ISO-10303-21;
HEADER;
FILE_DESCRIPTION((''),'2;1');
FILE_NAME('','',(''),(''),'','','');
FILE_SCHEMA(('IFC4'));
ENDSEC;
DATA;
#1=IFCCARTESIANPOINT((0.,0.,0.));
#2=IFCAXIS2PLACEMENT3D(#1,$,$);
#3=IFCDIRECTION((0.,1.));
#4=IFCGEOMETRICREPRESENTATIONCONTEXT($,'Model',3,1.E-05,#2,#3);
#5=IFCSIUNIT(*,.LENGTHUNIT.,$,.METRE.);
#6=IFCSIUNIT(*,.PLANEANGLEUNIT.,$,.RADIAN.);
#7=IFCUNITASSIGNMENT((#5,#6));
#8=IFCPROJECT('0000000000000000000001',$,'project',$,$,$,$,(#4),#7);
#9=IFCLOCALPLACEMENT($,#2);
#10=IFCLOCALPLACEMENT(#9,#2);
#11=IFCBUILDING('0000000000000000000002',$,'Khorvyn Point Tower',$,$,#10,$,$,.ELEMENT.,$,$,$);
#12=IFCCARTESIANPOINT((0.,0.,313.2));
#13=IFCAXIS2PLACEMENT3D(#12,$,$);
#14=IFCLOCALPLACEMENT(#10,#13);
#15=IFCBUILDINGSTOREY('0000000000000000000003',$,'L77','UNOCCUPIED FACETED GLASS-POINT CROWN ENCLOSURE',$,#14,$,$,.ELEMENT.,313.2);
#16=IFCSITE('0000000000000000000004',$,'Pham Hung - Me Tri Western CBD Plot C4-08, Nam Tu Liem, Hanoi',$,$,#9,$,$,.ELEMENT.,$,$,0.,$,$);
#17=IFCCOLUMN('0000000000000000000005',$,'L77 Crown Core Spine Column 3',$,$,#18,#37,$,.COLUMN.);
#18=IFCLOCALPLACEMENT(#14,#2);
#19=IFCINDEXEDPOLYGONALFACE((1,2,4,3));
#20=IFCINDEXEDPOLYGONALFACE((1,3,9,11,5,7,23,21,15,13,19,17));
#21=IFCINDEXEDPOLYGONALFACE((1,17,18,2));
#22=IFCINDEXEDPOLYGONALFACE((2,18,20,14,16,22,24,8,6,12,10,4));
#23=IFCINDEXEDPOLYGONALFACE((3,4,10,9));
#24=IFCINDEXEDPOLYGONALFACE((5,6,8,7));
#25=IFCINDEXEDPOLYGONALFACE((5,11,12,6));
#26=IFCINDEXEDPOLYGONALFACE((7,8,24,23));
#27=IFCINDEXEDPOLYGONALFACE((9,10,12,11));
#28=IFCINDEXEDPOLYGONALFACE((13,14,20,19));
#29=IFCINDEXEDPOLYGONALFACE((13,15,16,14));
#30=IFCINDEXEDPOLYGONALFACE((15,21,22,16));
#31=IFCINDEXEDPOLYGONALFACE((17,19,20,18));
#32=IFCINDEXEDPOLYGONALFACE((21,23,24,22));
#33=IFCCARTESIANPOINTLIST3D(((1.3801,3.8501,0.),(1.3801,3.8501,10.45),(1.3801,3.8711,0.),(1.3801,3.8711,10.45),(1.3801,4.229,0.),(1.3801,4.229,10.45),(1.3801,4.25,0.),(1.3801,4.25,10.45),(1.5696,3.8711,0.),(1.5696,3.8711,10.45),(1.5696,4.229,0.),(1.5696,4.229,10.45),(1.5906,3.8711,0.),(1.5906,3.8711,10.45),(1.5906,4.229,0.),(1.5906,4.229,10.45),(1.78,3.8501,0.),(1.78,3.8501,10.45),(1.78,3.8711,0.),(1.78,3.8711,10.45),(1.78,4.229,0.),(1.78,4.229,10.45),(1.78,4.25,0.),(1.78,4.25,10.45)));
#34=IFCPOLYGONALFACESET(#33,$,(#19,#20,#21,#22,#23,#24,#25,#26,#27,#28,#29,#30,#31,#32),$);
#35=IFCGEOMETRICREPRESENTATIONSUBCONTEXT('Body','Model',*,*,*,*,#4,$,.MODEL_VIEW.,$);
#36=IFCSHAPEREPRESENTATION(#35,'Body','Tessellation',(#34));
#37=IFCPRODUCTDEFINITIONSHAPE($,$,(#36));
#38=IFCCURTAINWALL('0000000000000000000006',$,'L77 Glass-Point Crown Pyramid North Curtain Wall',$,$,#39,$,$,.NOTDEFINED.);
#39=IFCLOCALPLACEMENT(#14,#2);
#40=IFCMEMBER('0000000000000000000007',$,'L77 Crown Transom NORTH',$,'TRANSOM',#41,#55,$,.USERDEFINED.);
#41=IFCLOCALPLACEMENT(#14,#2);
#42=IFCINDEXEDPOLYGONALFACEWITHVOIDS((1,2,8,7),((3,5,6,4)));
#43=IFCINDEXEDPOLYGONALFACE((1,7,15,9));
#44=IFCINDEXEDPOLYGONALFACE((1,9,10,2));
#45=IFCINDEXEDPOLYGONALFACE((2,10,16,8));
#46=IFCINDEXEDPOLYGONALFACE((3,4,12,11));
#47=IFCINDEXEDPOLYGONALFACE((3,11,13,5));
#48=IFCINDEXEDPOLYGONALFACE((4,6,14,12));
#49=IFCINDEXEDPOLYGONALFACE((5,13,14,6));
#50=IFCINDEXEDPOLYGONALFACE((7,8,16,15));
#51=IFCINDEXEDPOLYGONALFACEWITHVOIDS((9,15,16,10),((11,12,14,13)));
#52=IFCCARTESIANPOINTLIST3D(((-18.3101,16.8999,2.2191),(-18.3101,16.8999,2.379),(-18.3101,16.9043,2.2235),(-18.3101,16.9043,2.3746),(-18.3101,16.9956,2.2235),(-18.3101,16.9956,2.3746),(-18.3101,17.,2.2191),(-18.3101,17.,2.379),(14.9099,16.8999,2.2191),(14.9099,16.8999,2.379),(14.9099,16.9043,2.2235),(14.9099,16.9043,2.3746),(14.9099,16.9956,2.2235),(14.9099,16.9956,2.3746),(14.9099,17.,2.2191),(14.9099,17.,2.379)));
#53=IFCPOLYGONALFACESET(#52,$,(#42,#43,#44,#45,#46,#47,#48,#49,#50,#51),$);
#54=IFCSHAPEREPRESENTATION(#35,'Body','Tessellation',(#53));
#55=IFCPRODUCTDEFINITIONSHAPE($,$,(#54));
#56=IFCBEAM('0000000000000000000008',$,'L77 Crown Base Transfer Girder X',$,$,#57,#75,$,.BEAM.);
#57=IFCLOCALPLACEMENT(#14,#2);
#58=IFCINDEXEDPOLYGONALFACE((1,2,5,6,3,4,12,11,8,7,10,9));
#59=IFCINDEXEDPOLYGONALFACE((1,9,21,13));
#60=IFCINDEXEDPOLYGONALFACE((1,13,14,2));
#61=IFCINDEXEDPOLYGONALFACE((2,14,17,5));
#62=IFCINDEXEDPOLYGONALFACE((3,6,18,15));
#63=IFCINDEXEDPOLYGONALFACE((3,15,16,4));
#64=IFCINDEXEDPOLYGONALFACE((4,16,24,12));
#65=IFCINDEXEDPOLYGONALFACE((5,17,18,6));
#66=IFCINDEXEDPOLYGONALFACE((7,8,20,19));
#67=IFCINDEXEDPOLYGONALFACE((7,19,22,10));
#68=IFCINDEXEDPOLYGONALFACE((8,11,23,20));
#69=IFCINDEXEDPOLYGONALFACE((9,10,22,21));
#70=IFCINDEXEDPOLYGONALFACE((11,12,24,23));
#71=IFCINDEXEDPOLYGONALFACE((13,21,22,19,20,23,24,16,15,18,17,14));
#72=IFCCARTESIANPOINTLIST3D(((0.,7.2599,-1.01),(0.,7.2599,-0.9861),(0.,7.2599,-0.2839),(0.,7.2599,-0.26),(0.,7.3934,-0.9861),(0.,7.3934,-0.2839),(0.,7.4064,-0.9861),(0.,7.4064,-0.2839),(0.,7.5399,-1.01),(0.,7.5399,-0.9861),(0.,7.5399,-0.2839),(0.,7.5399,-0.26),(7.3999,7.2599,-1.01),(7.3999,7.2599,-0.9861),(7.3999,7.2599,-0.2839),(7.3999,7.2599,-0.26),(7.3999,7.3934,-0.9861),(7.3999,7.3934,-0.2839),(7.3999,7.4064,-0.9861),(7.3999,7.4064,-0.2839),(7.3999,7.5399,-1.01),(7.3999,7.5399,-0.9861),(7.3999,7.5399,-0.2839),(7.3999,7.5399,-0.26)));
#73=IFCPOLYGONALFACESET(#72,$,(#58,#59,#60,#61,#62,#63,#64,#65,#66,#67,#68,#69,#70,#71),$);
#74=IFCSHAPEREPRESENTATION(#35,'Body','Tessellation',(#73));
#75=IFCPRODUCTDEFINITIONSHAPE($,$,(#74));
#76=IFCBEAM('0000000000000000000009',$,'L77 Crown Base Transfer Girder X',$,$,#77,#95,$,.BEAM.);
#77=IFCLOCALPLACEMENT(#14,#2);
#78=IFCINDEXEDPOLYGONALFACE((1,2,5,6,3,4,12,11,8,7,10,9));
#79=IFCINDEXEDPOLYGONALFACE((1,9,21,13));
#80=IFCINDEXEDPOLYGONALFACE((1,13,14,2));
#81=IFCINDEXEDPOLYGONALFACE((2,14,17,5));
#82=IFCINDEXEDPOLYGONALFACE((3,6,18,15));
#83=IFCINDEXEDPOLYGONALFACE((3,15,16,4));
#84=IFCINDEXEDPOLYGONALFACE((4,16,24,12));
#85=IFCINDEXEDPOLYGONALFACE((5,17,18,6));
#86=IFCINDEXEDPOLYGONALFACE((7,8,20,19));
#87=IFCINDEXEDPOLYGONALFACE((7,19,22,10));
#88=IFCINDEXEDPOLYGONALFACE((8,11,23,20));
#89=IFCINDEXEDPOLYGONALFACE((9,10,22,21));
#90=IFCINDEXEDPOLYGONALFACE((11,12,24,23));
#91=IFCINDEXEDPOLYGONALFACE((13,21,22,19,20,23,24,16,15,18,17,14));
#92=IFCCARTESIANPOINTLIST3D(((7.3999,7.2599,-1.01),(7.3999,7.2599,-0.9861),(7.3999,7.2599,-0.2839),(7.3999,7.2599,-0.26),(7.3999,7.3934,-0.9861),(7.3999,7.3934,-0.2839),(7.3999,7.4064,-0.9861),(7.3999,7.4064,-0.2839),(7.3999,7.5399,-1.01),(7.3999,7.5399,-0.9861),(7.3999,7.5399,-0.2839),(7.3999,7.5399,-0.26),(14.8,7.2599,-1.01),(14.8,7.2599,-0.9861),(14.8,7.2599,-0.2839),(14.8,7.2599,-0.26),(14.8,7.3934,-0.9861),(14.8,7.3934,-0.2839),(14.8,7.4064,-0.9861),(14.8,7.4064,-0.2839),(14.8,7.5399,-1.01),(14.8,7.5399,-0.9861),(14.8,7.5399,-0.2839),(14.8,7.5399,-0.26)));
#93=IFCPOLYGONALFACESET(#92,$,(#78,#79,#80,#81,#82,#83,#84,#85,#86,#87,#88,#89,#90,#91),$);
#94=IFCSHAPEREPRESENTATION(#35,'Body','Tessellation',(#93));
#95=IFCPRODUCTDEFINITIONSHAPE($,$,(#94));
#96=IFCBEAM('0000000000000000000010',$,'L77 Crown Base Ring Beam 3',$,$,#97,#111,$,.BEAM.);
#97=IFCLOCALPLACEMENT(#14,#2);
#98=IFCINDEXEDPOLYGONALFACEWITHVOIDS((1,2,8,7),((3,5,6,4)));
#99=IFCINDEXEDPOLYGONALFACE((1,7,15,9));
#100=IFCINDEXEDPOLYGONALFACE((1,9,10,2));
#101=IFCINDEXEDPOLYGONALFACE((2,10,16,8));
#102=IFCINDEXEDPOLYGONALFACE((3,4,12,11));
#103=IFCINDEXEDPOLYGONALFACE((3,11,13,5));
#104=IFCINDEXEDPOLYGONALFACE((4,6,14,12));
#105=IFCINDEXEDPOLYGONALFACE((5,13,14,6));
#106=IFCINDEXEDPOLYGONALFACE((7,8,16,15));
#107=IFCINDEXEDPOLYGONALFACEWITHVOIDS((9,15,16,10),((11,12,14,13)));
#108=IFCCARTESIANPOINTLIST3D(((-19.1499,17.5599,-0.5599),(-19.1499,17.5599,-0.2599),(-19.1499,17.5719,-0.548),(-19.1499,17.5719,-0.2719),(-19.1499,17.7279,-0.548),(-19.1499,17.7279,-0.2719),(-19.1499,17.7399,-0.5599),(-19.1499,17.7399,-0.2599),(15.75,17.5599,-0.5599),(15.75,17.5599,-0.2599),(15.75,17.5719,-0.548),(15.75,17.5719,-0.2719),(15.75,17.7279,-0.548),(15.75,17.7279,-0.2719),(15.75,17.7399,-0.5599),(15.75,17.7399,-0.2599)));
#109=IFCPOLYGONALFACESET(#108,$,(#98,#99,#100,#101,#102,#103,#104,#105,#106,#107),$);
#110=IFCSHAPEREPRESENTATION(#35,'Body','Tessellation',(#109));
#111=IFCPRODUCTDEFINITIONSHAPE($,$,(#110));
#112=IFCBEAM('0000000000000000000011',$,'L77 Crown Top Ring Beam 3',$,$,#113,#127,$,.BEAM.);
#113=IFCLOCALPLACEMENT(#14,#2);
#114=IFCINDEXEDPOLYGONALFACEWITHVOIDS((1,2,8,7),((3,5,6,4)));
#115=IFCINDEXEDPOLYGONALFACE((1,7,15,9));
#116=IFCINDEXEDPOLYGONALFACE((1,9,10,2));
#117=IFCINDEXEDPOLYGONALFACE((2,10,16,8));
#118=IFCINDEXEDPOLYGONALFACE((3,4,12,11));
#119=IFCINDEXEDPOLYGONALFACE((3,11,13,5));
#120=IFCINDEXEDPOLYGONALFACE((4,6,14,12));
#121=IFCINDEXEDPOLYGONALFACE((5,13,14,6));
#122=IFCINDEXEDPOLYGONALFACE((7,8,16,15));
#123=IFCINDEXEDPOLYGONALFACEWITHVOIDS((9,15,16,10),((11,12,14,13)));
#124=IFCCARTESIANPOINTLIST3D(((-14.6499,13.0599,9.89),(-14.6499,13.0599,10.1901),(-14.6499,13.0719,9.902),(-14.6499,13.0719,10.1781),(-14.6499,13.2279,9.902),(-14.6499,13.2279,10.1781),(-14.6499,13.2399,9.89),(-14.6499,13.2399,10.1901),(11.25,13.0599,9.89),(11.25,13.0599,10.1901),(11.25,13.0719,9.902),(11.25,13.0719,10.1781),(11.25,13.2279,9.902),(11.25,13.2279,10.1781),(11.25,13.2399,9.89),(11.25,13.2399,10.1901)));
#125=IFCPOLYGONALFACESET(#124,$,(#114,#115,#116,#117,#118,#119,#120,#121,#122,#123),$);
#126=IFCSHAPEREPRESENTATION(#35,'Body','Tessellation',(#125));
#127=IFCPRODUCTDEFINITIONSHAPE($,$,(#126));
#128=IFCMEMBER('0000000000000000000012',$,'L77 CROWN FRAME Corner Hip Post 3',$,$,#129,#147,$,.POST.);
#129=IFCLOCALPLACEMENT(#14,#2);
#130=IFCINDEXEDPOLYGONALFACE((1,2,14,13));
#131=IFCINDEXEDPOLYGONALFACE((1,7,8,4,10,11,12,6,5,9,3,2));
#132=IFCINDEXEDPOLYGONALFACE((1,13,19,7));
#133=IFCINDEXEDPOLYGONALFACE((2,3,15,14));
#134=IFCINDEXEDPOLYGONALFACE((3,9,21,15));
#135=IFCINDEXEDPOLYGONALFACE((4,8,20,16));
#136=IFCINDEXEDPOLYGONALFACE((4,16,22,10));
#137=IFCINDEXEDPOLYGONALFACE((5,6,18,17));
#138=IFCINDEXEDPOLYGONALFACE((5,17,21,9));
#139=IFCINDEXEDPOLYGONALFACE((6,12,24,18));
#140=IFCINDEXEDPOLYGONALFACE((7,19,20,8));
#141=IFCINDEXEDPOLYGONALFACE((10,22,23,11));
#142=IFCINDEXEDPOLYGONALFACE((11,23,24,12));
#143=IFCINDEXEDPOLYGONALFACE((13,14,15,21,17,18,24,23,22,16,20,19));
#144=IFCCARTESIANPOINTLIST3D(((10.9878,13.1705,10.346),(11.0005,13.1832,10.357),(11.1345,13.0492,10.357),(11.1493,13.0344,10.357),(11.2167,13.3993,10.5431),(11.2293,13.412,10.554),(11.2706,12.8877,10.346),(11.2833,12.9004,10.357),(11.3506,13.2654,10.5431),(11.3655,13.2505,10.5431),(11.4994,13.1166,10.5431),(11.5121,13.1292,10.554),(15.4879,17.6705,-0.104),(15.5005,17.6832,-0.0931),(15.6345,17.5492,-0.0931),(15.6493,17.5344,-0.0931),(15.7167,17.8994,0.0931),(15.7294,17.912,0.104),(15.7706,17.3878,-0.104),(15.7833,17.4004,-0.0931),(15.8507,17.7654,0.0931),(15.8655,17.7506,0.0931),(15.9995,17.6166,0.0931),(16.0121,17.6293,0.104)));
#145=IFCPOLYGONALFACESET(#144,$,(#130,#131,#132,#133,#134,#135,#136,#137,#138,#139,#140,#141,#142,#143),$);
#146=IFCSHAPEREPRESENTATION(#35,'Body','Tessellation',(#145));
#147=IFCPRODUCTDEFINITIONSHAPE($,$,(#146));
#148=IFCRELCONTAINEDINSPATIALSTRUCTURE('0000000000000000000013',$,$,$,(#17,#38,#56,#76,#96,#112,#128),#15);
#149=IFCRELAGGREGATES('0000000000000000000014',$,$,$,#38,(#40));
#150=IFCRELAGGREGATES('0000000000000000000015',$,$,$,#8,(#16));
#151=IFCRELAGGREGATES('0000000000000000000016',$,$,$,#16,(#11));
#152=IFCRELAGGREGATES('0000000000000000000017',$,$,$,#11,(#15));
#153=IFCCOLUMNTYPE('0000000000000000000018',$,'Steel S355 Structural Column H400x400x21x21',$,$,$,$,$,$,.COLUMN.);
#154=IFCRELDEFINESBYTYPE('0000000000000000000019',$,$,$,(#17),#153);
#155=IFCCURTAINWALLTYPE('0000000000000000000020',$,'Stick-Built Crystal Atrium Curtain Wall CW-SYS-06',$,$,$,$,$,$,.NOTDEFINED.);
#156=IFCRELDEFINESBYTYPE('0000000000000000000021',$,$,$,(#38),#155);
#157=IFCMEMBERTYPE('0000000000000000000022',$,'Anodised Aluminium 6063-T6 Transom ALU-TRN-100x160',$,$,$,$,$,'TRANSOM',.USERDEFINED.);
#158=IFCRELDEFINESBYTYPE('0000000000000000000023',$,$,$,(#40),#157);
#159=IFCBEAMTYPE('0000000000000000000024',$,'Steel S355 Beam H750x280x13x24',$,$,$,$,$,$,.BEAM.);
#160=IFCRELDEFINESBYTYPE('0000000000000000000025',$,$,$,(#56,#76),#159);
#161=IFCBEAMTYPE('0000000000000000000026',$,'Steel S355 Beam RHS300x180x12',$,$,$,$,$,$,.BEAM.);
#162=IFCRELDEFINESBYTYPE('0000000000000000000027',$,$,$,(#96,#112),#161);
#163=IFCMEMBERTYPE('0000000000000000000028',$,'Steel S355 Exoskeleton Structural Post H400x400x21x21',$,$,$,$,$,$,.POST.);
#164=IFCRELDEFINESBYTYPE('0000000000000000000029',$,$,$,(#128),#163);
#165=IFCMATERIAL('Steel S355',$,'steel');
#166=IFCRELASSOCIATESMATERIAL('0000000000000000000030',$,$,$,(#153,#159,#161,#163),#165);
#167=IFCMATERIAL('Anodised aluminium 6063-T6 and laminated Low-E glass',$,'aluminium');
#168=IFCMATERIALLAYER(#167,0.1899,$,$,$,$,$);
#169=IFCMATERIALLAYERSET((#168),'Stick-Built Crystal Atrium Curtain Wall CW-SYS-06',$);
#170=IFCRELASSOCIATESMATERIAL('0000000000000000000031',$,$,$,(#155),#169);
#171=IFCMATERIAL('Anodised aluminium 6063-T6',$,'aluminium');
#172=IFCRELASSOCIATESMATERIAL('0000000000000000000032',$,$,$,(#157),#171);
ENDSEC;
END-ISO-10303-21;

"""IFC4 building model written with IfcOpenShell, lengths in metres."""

from ifc_helpers import new_model, si_unit, direction, frame, origin, origin_2d, place, context, subcontext, project, spatial, hollow_rectangle, i_section, extrude, material, layer, layer_set, material_profile, profile_set, type_object, element, aggregate, save


model = new_model("IFC4")

# Units and contexts
model_context = context("Model", 3, precision=1e-05, world=origin(), true_north=direction((0.0, 1.0)))
body_context = subcontext(model_context, "Body", "Model", "MODEL_VIEW")
ifc_project = project(units=[si_unit("LENGTHUNIT", "METRE"), si_unit("PLANEANGLEUNIT", "RADIAN")], contexts=[model_context])

# Site, building, storey
site_placement = place(None, origin())
site = spatial("IfcSite", under=ifc_project, at=site_placement, Name="Pham Hung - Me Tri Western CBD Plot C4-08, Nam Tu Liem, Hanoi", CompositionType="ELEMENT", RefElevation=0.0)
building_placement = place(site_placement, origin())
building = spatial("IfcBuilding", under=site, at=building_placement, Name="Khorvyn Point Tower", CompositionType="ELEMENT")
storey_placement = place(building_placement, frame((0.0, 0.0, 313.2)))
storey = spatial("IfcBuildingStorey", under=building, at=storey_placement, Name="L77", Description="UNOCCUPIED FACETED GLASS-POINT CROWN ENCLOSURE", CompositionType="ELEMENT", Elevation=313.2)

# Column
ifc_material_1 = material(Name="Steel S355", Category="steel")
ifc_material_profile_1 = material_profile(ifc_material_1, i_section(OverallWidth=0.3999, OverallDepth=0.3999, WebThickness=0.021, FlangeThickness=0.021, at=origin_2d()))
ifc_profile_set_1 = profile_set([ifc_material_profile_1], Name="Steel S355 H400x400x21x21")
column_type = type_object("IfcColumnType", Name="Steel S355 Structural Column H400x400x21x21", PredefinedType="COLUMN", material=ifc_profile_set_1)
column_placement = place(storey_placement, frame((1.5801, 4.05, 0.0), z_axis=(0.0, 0.0, 1.0), x_axis=(1.0, 0.0, 0.0)))
element("IfcColumn", 1, at=column_placement, inside=storey, type_object=column_type, Name="L77 Crown Core Spine Column 3", PredefinedType="COLUMN", context=body_context, shape_type="SweptSolid", body=[
    extrude(i_section(OverallWidth=0.3999, OverallDepth=0.3999, WebThickness=0.021, FlangeThickness=0.021, at=origin_2d()), origin(), (0.0, 0.0, 1.0), 10.45),
])

# Curtain wall, member
ifc_material_2 = material(Name="Anodised aluminium 6063-T6 and laminated Low-E glass", Category="aluminium")
ifc_layer_1 = layer(ifc_material_2, 0.1899)
ifc_layer_set_1 = layer_set([ifc_layer_1], Name="Stick-Built Crystal Atrium Curtain Wall CW-SYS-06")
curtain_wall_type = type_object("IfcCurtainWallType", Name="Stick-Built Crystal Atrium Curtain Wall CW-SYS-06", PredefinedType="NOTDEFINED", material=ifc_layer_set_1)
curtain_wall_placement = place(storey_placement, origin())
curtain_wall = element("IfcCurtainWall", 2, at=curtain_wall_placement, inside=storey, type_object=curtain_wall_type, Name="L77 Glass-Point Crown Pyramid North Curtain Wall", PredefinedType="NOTDEFINED")
ifc_material_3 = material(Name="Anodised aluminium 6063-T6", Category="aluminium")
ifc_material_profile_2 = material_profile(ifc_material_3, hollow_rectangle(XDim=0.1001, YDim=0.1599, WallThickness=0.0044, at=origin_2d()))
ifc_profile_set_2 = profile_set([ifc_material_profile_2], Name="Anodised aluminium 6063-T6 ALU-TRN-100x160")
member_type_1 = type_object("IfcMemberType", Name="Anodised Aluminium 6063-T6 Transom ALU-TRN-100x160", ElementType="TRANSOM", PredefinedType="USERDEFINED", material=ifc_profile_set_2)
member_1_placement = place(storey_placement, frame((14.9099, 16.95, 2.2991), z_axis=(-1.0, 0.0, 0.0), x_axis=(0.0, -1.0, 0.0)))
member_1 = element("IfcMember", 3, at=member_1_placement, type_object=member_type_1, Name="L77 Crown Transom NORTH", ObjectType="TRANSOM", PredefinedType="USERDEFINED", context=body_context, shape_type="SweptSolid", body=[
    extrude(hollow_rectangle(XDim=0.1001, YDim=0.1599, WallThickness=0.0044, at=origin_2d()), origin(), (0.0, 0.0, 1.0), 33.22),
])

# Beams
ifc_material_profile_3 = material_profile(ifc_material_1, i_section(OverallWidth=0.28, OverallDepth=0.75, WebThickness=0.0129, FlangeThickness=0.0239, at=origin_2d()))
ifc_profile_set_3 = profile_set([ifc_material_profile_3], Name="Steel S355 H750x280x13x24")
beam_type_1 = type_object("IfcBeamType", Name="Steel S355 Beam H750x280x13x24", PredefinedType="BEAM", material=ifc_profile_set_3)
beam_1_placement = place(storey_placement, frame((0.0, 7.3999, -0.635), z_axis=(1.0, 0.0, 0.0), x_axis=(0.0, 1.0, 0.0)))
element("IfcBeam", 4, at=beam_1_placement, inside=storey, type_object=beam_type_1, Name="L77 Crown Base Transfer Girder X", PredefinedType="BEAM", context=body_context, shape_type="SweptSolid", body=[
    extrude(i_section(OverallWidth=0.28, OverallDepth=0.75, WebThickness=0.0129, FlangeThickness=0.0239, at=origin_2d()), origin(), (0.0, 0.0, 1.0), 7.3999),
])
beam_2_placement = place(storey_placement, frame((7.3999, 7.3999, -0.635), z_axis=(1.0, 0.0, 0.0), x_axis=(0.0, 1.0, 0.0)))
element("IfcBeam", 5, at=beam_2_placement, inside=storey, type_object=beam_type_1, Name="L77 Crown Base Transfer Girder X", PredefinedType="BEAM", context=body_context, shape_type="SweptSolid", body=[
    extrude(i_section(OverallWidth=0.28, OverallDepth=0.75, WebThickness=0.0129, FlangeThickness=0.0239, at=origin_2d()), origin(), (0.0, 0.0, 1.0), 7.4001),
])
ifc_material_profile_4 = material_profile(ifc_material_1, hollow_rectangle(XDim=0.1799, YDim=0.3, WallThickness=0.012, at=origin_2d()))
ifc_profile_set_4 = profile_set([ifc_material_profile_4], Name="Steel S355 RHS300x180x12")
beam_type_2 = type_object("IfcBeamType", Name="Steel S355 Beam RHS300x180x12", PredefinedType="BEAM", material=ifc_profile_set_4)
beam_3_placement = place(storey_placement, frame((15.75, 17.6499, -0.4099), z_axis=(-1.0, 0.0, 0.0), x_axis=(0.0, -1.0, 0.0)))
element("IfcBeam", 6, at=beam_3_placement, inside=storey, type_object=beam_type_2, Name="L77 Crown Base Ring Beam 3", PredefinedType="BEAM", context=body_context, shape_type="SweptSolid", body=[
    extrude(hollow_rectangle(XDim=0.1799, YDim=0.3, WallThickness=0.012, at=origin_2d()), origin(), (0.0, 0.0, 1.0), 34.8999),
])
beam_4_placement = place(storey_placement, frame((11.25, 13.1499, 10.04), z_axis=(-1.0, 0.0, 0.0), x_axis=(0.0, -1.0, 0.0)))
element("IfcBeam", 7, at=beam_4_placement, inside=storey, type_object=beam_type_2, Name="L77 Crown Top Ring Beam 3", PredefinedType="BEAM", context=body_context, shape_type="SweptSolid", body=[
    extrude(hollow_rectangle(XDim=0.1799, YDim=0.3, WallThickness=0.012, at=origin_2d()), origin(), (0.0, 0.0, 1.0), 25.8999),
])

# Member
ifc_material_profile_5 = material_profile(ifc_material_1, i_section(OverallWidth=0.3999, OverallDepth=0.3999, WebThickness=0.021, FlangeThickness=0.021, at=origin_2d()))
ifc_profile_set_5 = profile_set([ifc_material_profile_5], Name="Steel S355 H400x400x21x21")
member_type_2 = type_object("IfcMemberType", Name="Steel S355 Exoskeleton Structural Post H400x400x21x21", PredefinedType="POST", material=ifc_profile_set_5)
member_2_placement = place(storey_placement, frame((15.75, 17.6499, 0.0), z_axis=(-0.36779, -0.36779, 0.854085), x_axis=(0.707107, -0.707107, 0.0)))
element("IfcMember", 8, at=member_2_placement, inside=storey, type_object=member_type_2, Name="L77 CROWN FRAME Corner Hip Post 3", PredefinedType="POST", context=body_context, shape_type="SweptSolid", body=[
    extrude(i_section(OverallWidth=0.3999, OverallDepth=0.3999, WebThickness=0.021, FlangeThickness=0.021, at=origin_2d()), origin(), (0.0, 0.0, 1.0), 12.2354),
])

aggregate(curtain_wall, [member_1])

save(model, "model.ifc")
